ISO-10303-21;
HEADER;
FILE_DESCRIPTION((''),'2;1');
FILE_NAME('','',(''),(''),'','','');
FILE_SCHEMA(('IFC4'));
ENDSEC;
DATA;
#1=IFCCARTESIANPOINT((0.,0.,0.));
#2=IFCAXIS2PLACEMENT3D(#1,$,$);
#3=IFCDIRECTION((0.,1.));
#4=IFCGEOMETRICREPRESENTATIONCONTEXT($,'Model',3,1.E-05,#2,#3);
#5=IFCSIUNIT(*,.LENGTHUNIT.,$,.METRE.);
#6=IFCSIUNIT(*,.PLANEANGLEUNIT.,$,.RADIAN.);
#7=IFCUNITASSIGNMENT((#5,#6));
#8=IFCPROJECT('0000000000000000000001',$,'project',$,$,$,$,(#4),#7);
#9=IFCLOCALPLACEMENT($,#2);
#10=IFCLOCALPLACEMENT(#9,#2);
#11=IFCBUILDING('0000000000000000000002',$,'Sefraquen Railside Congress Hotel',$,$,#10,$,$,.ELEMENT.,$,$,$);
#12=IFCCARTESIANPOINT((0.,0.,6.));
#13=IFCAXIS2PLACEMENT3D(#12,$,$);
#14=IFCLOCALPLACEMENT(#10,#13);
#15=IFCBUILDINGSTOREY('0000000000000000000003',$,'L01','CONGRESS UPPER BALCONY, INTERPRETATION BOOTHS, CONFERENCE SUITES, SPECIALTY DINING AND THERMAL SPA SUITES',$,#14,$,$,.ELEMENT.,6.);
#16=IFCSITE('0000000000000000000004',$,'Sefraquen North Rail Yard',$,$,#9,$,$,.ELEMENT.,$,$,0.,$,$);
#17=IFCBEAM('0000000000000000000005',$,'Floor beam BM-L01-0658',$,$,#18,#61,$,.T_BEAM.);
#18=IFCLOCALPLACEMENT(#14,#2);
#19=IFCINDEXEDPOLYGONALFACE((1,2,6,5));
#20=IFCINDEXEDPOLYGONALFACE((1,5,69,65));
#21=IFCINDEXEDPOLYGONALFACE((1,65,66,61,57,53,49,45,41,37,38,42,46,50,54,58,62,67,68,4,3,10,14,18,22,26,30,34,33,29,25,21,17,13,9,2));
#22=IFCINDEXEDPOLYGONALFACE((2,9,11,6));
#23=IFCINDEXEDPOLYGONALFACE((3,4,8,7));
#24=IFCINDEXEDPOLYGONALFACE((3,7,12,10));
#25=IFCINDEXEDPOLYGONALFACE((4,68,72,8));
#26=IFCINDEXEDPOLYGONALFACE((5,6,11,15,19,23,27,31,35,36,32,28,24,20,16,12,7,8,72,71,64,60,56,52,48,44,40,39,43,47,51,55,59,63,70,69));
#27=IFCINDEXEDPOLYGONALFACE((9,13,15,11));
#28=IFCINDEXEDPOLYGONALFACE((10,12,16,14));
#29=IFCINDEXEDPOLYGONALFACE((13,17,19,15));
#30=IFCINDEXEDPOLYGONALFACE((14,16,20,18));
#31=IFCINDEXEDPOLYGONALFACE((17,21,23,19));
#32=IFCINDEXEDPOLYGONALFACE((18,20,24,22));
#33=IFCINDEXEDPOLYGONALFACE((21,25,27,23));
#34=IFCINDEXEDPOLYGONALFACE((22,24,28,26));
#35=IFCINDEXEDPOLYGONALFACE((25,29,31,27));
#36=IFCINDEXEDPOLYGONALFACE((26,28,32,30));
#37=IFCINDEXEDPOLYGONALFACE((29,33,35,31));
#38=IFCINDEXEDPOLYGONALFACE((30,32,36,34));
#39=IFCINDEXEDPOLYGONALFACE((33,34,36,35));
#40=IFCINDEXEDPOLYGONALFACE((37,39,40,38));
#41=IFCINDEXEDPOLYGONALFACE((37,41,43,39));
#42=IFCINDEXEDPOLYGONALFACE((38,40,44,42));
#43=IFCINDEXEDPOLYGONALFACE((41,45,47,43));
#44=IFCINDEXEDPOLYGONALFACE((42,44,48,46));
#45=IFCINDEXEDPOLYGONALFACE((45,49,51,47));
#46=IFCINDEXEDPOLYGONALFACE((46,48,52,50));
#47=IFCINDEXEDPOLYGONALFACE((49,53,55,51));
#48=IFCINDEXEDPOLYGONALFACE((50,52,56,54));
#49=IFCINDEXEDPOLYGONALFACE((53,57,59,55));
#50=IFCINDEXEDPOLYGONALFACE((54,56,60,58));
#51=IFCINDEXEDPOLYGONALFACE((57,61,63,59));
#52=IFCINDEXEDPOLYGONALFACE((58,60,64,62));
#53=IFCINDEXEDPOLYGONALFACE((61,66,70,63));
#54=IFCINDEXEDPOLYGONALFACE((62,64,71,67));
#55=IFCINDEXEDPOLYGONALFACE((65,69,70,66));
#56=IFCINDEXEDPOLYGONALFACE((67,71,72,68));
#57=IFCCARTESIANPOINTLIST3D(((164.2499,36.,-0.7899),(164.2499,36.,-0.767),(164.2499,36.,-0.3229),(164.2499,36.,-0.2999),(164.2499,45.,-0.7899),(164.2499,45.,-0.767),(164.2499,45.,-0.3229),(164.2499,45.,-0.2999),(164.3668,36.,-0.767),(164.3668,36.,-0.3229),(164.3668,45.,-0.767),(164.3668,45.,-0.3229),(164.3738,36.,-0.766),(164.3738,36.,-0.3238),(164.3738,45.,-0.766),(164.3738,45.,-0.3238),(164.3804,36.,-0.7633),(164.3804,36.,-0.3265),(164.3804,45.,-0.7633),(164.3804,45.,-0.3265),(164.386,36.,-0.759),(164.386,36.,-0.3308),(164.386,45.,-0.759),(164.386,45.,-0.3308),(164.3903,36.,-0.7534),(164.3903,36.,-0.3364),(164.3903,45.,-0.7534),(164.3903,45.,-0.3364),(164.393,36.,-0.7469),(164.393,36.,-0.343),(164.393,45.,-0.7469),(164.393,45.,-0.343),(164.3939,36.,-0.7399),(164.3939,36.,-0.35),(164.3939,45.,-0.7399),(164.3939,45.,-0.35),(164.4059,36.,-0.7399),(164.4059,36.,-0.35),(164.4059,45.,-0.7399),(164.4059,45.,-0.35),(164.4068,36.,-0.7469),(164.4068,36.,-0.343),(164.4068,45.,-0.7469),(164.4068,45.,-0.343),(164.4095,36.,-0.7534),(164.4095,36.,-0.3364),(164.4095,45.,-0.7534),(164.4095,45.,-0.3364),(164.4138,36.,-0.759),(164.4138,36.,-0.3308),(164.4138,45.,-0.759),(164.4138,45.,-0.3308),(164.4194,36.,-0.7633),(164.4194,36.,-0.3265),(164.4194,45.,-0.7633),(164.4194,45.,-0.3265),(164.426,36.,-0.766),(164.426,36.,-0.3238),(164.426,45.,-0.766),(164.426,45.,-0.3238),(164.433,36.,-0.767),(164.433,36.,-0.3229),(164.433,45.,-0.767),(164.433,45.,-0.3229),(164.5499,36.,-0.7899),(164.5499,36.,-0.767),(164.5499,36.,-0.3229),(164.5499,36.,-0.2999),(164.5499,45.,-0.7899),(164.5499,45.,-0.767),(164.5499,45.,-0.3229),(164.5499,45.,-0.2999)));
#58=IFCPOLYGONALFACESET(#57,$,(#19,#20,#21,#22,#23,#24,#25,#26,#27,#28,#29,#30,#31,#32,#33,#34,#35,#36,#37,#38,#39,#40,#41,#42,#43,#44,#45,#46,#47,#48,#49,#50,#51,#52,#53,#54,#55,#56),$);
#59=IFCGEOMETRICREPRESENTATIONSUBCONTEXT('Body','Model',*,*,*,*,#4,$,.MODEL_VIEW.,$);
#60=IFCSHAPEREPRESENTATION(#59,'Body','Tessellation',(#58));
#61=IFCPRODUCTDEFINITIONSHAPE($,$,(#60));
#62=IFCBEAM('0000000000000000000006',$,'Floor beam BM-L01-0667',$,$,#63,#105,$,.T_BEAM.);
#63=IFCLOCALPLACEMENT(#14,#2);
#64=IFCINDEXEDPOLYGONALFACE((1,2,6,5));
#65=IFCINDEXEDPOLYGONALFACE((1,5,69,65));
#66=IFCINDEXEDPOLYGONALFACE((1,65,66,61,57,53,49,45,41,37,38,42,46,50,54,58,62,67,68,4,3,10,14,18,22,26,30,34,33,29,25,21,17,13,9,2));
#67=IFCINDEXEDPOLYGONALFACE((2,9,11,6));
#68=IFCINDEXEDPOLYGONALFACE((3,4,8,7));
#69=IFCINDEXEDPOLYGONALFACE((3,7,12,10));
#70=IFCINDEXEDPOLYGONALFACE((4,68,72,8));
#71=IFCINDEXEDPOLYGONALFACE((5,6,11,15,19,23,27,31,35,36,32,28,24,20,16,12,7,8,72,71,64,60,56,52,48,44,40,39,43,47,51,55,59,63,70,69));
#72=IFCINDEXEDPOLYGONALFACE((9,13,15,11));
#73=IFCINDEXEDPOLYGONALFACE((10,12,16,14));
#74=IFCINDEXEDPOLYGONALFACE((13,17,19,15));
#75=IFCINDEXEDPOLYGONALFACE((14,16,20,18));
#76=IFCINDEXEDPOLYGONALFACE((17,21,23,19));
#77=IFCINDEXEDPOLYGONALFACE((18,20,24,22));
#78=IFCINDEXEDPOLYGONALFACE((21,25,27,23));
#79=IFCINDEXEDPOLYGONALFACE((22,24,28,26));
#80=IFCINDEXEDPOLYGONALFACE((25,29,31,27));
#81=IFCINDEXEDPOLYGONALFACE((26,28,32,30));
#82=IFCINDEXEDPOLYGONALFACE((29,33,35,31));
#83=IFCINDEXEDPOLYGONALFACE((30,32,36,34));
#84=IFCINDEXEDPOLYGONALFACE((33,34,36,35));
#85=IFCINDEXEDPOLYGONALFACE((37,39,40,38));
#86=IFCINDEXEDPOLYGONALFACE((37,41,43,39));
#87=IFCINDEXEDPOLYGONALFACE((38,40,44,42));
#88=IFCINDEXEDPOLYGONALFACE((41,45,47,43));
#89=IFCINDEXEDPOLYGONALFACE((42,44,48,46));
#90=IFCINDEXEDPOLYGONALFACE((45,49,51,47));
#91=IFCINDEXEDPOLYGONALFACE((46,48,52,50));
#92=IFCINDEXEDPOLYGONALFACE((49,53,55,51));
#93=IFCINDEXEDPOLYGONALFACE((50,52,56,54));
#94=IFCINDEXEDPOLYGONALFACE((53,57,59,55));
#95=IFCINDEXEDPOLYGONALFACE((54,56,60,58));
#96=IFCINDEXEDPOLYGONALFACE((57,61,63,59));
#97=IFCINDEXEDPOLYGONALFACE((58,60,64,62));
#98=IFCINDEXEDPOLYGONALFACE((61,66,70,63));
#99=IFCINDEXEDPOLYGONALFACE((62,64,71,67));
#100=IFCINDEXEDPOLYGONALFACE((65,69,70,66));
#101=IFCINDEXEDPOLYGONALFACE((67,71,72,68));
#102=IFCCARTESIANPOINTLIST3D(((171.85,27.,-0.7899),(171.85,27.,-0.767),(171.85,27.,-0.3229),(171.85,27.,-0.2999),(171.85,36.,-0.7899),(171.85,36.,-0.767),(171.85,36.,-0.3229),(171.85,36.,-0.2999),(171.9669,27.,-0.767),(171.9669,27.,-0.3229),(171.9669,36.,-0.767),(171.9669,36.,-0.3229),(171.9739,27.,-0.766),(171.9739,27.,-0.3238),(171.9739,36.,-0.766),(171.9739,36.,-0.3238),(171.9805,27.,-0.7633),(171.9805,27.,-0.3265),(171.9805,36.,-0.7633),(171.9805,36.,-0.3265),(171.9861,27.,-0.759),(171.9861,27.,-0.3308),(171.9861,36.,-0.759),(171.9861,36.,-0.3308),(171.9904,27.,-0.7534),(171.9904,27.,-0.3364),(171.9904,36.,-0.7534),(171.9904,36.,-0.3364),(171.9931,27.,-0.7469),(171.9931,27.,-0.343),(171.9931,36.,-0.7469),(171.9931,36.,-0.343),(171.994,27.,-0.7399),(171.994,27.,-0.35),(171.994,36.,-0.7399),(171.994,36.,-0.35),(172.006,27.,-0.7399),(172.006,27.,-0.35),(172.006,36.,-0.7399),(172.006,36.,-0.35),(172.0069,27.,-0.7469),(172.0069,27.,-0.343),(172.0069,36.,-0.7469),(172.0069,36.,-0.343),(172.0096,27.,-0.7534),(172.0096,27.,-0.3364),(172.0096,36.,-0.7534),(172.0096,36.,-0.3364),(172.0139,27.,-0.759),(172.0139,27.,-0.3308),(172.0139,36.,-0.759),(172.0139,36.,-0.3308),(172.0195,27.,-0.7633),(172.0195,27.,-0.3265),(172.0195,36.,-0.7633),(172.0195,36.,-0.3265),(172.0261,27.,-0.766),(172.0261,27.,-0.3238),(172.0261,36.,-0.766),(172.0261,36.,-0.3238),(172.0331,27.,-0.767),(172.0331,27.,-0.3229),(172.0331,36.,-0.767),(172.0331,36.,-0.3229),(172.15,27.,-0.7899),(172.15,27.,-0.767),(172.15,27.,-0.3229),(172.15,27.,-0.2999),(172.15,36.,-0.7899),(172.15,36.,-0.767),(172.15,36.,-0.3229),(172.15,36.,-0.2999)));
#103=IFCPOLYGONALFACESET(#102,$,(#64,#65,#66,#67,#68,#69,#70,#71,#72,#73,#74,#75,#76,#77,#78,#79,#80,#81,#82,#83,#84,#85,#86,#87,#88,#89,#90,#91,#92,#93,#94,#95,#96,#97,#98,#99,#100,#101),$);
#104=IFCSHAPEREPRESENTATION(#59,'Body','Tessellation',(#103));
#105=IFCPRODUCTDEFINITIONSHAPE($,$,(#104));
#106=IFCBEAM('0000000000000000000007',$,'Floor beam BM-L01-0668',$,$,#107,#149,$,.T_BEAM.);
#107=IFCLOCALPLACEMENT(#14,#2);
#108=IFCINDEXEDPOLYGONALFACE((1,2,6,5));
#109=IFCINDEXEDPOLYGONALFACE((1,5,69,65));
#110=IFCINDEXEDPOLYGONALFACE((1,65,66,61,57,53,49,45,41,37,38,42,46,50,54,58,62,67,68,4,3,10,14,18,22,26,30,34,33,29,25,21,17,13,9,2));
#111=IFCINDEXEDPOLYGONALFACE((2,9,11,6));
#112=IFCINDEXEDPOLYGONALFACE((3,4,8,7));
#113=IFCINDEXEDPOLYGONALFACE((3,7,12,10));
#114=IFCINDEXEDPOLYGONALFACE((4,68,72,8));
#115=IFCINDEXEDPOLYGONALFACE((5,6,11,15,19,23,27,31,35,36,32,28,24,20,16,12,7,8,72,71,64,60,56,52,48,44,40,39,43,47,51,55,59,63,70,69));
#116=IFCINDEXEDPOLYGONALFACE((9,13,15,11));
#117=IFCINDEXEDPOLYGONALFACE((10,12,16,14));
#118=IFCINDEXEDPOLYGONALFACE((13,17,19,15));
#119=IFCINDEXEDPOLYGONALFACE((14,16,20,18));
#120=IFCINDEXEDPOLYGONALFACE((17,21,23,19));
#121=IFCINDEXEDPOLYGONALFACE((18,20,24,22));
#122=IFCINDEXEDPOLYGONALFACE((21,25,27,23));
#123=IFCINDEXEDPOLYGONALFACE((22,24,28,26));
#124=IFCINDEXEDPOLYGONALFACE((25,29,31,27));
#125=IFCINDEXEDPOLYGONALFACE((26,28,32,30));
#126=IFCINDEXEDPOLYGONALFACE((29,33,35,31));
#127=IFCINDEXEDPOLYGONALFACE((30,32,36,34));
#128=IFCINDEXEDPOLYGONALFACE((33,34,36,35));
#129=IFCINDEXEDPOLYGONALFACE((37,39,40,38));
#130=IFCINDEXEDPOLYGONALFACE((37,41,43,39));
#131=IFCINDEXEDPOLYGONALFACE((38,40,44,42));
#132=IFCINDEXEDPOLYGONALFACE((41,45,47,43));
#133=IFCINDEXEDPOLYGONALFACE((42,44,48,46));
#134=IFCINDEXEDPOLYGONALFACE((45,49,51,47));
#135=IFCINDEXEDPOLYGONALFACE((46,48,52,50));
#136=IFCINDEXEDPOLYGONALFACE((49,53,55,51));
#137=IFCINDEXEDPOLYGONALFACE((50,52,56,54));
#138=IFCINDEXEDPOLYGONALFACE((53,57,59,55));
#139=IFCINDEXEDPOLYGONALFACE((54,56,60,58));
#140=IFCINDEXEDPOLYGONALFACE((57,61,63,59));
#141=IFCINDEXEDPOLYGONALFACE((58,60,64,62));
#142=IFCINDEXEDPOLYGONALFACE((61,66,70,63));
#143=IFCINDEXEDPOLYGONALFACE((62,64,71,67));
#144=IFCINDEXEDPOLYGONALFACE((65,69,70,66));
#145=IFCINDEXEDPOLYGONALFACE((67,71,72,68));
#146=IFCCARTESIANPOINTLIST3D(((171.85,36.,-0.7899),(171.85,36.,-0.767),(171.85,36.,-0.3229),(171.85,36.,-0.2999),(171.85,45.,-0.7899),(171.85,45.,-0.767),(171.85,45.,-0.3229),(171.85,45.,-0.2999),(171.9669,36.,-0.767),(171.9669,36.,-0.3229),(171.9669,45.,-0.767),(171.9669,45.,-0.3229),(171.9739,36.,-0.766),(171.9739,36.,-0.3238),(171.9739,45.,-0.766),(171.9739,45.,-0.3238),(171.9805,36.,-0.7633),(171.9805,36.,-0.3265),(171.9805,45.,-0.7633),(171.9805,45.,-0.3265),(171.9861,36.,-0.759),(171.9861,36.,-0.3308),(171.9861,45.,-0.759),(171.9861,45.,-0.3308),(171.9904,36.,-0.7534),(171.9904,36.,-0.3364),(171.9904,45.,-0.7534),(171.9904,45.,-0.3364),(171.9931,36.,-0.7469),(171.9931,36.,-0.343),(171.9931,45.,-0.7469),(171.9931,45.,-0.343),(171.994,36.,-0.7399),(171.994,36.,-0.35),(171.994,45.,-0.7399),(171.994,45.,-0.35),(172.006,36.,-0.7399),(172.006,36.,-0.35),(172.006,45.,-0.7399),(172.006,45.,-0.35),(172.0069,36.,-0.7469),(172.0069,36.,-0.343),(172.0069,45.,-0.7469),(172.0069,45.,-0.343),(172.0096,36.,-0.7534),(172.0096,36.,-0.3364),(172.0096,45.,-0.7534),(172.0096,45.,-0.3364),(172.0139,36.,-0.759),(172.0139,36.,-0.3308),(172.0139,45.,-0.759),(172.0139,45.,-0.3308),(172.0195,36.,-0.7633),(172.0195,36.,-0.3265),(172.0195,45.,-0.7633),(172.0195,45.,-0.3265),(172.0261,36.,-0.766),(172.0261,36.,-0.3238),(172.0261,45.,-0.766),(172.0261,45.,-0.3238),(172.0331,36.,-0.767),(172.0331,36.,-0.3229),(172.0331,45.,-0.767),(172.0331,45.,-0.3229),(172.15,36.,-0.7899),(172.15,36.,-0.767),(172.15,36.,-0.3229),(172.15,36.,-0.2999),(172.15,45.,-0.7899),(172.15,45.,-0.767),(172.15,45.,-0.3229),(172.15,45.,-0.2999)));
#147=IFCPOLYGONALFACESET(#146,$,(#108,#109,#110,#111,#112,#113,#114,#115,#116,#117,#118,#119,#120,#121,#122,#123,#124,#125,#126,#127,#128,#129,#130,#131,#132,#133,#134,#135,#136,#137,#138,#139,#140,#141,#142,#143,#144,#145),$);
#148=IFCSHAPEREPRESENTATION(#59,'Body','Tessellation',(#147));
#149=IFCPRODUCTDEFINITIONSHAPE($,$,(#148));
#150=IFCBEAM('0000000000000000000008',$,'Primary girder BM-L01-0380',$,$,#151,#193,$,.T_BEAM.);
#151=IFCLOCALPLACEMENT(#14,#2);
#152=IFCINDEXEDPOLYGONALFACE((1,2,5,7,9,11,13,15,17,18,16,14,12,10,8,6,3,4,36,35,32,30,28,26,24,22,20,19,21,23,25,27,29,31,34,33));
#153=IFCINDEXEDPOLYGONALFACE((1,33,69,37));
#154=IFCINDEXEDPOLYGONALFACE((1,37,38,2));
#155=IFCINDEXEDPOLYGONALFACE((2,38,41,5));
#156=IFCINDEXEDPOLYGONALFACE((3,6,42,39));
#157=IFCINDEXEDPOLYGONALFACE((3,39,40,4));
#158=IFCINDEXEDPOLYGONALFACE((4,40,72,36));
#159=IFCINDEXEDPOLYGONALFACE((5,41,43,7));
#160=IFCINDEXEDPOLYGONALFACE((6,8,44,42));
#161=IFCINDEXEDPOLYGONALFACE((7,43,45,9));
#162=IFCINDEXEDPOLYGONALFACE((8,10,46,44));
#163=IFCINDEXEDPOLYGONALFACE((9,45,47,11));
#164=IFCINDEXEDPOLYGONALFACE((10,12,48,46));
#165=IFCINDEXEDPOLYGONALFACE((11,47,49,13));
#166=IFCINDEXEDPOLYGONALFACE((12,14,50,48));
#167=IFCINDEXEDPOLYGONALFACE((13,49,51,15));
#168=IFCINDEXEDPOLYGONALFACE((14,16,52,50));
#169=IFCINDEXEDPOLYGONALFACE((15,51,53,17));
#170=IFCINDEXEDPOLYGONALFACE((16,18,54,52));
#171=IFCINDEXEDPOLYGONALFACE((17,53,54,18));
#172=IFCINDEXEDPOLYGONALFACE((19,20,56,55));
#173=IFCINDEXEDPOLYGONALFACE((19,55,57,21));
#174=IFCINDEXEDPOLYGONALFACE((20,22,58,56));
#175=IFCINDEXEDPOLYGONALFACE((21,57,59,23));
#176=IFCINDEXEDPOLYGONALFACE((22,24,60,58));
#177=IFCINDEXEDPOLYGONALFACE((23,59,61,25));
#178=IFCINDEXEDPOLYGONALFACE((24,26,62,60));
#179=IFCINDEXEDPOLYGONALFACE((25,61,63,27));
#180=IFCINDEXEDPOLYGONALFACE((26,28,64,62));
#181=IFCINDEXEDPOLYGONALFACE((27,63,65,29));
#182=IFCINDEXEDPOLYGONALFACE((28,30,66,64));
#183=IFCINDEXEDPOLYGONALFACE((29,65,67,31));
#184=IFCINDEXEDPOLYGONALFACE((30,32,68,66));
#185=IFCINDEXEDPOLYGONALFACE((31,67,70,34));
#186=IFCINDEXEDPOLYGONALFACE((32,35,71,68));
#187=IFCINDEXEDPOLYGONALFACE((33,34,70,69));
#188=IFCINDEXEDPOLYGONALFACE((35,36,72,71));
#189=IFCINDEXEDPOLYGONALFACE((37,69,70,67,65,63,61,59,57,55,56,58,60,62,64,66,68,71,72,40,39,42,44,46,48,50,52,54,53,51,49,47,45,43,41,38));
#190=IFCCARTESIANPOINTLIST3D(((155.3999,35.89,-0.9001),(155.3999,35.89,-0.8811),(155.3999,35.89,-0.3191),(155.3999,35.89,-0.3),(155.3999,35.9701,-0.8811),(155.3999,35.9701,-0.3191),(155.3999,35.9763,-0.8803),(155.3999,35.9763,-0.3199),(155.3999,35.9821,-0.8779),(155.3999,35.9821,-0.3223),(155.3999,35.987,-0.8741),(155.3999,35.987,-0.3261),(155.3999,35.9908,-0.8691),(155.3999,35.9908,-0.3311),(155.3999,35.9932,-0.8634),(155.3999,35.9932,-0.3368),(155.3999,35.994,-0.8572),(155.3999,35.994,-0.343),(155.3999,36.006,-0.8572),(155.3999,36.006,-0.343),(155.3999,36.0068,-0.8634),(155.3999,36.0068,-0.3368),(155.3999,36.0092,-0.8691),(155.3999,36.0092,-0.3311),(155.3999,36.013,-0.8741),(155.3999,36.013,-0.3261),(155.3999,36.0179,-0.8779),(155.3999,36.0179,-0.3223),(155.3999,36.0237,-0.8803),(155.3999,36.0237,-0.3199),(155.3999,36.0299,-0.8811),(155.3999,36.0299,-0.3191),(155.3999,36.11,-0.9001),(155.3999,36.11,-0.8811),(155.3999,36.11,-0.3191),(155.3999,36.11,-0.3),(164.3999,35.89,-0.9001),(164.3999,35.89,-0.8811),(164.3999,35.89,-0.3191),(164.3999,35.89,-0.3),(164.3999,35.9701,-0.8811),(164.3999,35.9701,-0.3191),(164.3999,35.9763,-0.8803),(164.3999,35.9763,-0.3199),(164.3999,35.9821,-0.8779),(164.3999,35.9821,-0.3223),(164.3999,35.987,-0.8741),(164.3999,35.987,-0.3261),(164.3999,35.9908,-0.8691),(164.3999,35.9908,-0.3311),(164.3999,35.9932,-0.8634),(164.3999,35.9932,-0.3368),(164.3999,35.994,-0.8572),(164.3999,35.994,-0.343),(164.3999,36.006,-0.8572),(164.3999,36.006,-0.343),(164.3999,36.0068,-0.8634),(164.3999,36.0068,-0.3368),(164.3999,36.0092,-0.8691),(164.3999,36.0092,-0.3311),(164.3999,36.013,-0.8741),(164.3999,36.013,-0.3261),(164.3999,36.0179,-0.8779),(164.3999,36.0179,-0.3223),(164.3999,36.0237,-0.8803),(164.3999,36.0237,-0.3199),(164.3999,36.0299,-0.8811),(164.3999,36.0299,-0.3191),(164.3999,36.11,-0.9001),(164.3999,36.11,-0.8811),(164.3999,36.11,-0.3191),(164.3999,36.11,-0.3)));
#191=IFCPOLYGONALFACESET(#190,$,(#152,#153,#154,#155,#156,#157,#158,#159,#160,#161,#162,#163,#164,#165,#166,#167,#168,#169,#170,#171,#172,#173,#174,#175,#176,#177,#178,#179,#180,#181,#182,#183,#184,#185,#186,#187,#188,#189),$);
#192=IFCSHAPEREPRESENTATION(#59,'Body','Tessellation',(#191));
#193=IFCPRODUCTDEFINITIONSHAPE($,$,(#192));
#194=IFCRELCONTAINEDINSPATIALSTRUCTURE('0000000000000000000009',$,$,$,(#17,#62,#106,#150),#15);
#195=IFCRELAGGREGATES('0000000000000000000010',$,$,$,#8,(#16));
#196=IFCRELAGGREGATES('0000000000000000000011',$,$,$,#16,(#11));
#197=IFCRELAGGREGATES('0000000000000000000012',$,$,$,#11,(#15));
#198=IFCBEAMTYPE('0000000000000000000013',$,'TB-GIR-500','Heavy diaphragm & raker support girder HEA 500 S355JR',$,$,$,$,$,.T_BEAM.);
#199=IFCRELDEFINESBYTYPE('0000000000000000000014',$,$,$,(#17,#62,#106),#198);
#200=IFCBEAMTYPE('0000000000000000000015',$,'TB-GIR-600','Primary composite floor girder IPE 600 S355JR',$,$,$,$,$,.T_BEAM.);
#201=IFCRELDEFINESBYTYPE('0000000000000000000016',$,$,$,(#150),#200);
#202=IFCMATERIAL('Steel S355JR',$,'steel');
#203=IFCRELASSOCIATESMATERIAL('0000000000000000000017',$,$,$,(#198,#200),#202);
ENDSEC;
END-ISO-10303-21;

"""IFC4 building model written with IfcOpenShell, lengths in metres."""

from ifc_helpers import new_model, si_unit, direction, frame, origin, origin_2d, place, context, subcontext, project, spatial, i_section, extrude, material, material_profile, profile_set, type_object, element, save


model = new_model("IFC4")

# Units and contexts
model_context = context("Model", 3, precision=1e-05, world=origin(), true_north=direction((0.0, 1.0)))
body_context = subcontext(model_context, "Body", "Model", "MODEL_VIEW")
ifc_project = project(units=[si_unit("LENGTHUNIT", "METRE"), si_unit("PLANEANGLEUNIT", "RADIAN")], contexts=[model_context])

# Site, building, storey
site_placement = place(None, origin())
site = spatial("IfcSite", under=ifc_project, at=site_placement, Name="Sefraquen North Rail Yard", CompositionType="ELEMENT", RefElevation=0.0)
building_placement = place(site_placement, origin())
building = spatial("IfcBuilding", under=site, at=building_placement, Name="Sefraquen Railside Congress Hotel", CompositionType="ELEMENT")
storey_placement = place(building_placement, frame((0.0, 0.0, 6.0)))
storey = spatial("IfcBuildingStorey", under=building, at=storey_placement, Name="L01", Description="CONGRESS UPPER BALCONY, INTERPRETATION BOOTHS, CONFERENCE SUITES, SPECIALTY DINING AND THERMAL SPA SUITES", CompositionType="ELEMENT", Elevation=6.0)

# Shared definitions
ifc_material_1 = material(Name="Steel S355JR", Category="steel")

# Beams
ifc_material_profile_1 = material_profile(ifc_material_1, i_section(OverallWidth=0.3, OverallDepth=0.49, WebThickness=0.012, FlangeThickness=0.0229, FilletRadius=0.0271, at=origin_2d()), Name="HEA 500")
ifc_profile_set_1 = profile_set([ifc_material_profile_1], Name="Steel S355JR")
beam_type_1 = type_object("IfcBeamType", Name="TB-GIR-500", Description="Heavy diaphragm & raker support girder HEA 500 S355JR", PredefinedType="T_BEAM", material=ifc_profile_set_1)
for number, where, z_axis, x_axis, name in (
    (1, (164.3999, 36.0, -0.5449), (0.0, 1.0, 0.0), (-1.0, 0.0, 0.0), "Floor beam BM-L01-0658"),
    (2, (172.0, 27.0, -0.5449), (0.0, 1.0, 0.0), (-1.0, 0.0, 0.0), "Floor beam BM-L01-0667"),
    (3, (172.0, 36.0, -0.5449), (0.0, 1.0, 0.0), (-1.0, 0.0, 0.0), "Floor beam BM-L01-0668"),
):
    element("IfcBeam", number, at=place(storey_placement, frame(where, z_axis=z_axis, x_axis=x_axis)), inside=storey, type_object=beam_type_1, Name=name, PredefinedType="T_BEAM", context=body_context, shape_type="SweptSolid", body=[
        extrude(i_section(OverallWidth=0.3, OverallDepth=0.49, WebThickness=0.012, FlangeThickness=0.0229, FilletRadius=0.0271, at=origin_2d()), origin(), (0.0, 0.0, 1.0), 9.0),
    ])
ifc_material_profile_2 = material_profile(ifc_material_1, i_section(OverallWidth=0.22, OverallDepth=0.6001, WebThickness=0.012, FlangeThickness=0.019, FilletRadius=0.0239, at=origin_2d()), Name="IPE 600")
ifc_profile_set_2 = profile_set([ifc_material_profile_2], Name="Steel S355JR")
beam_type_2 = type_object("IfcBeamType", Name="TB-GIR-600", Description="Primary composite floor girder IPE 600 S355JR", PredefinedType="T_BEAM", material=ifc_profile_set_2)
beam_1_placement = place(storey_placement, frame((155.3999, 36.0, -0.6001), z_axis=(1.0, 0.0, 0.0), x_axis=(0.0, 1.0, 0.0)))
element("IfcBeam", 4, at=beam_1_placement, inside=storey, type_object=beam_type_2, Name="Primary girder BM-L01-0380", PredefinedType="T_BEAM", context=body_context, shape_type="SweptSolid", body=[
    extrude(i_section(OverallWidth=0.22, OverallDepth=0.6001, WebThickness=0.012, FlangeThickness=0.019, FilletRadius=0.0239, at=origin_2d()), origin(), (0.0, 0.0, 1.0), 9.0),
])

save(model, "model.ifc")
